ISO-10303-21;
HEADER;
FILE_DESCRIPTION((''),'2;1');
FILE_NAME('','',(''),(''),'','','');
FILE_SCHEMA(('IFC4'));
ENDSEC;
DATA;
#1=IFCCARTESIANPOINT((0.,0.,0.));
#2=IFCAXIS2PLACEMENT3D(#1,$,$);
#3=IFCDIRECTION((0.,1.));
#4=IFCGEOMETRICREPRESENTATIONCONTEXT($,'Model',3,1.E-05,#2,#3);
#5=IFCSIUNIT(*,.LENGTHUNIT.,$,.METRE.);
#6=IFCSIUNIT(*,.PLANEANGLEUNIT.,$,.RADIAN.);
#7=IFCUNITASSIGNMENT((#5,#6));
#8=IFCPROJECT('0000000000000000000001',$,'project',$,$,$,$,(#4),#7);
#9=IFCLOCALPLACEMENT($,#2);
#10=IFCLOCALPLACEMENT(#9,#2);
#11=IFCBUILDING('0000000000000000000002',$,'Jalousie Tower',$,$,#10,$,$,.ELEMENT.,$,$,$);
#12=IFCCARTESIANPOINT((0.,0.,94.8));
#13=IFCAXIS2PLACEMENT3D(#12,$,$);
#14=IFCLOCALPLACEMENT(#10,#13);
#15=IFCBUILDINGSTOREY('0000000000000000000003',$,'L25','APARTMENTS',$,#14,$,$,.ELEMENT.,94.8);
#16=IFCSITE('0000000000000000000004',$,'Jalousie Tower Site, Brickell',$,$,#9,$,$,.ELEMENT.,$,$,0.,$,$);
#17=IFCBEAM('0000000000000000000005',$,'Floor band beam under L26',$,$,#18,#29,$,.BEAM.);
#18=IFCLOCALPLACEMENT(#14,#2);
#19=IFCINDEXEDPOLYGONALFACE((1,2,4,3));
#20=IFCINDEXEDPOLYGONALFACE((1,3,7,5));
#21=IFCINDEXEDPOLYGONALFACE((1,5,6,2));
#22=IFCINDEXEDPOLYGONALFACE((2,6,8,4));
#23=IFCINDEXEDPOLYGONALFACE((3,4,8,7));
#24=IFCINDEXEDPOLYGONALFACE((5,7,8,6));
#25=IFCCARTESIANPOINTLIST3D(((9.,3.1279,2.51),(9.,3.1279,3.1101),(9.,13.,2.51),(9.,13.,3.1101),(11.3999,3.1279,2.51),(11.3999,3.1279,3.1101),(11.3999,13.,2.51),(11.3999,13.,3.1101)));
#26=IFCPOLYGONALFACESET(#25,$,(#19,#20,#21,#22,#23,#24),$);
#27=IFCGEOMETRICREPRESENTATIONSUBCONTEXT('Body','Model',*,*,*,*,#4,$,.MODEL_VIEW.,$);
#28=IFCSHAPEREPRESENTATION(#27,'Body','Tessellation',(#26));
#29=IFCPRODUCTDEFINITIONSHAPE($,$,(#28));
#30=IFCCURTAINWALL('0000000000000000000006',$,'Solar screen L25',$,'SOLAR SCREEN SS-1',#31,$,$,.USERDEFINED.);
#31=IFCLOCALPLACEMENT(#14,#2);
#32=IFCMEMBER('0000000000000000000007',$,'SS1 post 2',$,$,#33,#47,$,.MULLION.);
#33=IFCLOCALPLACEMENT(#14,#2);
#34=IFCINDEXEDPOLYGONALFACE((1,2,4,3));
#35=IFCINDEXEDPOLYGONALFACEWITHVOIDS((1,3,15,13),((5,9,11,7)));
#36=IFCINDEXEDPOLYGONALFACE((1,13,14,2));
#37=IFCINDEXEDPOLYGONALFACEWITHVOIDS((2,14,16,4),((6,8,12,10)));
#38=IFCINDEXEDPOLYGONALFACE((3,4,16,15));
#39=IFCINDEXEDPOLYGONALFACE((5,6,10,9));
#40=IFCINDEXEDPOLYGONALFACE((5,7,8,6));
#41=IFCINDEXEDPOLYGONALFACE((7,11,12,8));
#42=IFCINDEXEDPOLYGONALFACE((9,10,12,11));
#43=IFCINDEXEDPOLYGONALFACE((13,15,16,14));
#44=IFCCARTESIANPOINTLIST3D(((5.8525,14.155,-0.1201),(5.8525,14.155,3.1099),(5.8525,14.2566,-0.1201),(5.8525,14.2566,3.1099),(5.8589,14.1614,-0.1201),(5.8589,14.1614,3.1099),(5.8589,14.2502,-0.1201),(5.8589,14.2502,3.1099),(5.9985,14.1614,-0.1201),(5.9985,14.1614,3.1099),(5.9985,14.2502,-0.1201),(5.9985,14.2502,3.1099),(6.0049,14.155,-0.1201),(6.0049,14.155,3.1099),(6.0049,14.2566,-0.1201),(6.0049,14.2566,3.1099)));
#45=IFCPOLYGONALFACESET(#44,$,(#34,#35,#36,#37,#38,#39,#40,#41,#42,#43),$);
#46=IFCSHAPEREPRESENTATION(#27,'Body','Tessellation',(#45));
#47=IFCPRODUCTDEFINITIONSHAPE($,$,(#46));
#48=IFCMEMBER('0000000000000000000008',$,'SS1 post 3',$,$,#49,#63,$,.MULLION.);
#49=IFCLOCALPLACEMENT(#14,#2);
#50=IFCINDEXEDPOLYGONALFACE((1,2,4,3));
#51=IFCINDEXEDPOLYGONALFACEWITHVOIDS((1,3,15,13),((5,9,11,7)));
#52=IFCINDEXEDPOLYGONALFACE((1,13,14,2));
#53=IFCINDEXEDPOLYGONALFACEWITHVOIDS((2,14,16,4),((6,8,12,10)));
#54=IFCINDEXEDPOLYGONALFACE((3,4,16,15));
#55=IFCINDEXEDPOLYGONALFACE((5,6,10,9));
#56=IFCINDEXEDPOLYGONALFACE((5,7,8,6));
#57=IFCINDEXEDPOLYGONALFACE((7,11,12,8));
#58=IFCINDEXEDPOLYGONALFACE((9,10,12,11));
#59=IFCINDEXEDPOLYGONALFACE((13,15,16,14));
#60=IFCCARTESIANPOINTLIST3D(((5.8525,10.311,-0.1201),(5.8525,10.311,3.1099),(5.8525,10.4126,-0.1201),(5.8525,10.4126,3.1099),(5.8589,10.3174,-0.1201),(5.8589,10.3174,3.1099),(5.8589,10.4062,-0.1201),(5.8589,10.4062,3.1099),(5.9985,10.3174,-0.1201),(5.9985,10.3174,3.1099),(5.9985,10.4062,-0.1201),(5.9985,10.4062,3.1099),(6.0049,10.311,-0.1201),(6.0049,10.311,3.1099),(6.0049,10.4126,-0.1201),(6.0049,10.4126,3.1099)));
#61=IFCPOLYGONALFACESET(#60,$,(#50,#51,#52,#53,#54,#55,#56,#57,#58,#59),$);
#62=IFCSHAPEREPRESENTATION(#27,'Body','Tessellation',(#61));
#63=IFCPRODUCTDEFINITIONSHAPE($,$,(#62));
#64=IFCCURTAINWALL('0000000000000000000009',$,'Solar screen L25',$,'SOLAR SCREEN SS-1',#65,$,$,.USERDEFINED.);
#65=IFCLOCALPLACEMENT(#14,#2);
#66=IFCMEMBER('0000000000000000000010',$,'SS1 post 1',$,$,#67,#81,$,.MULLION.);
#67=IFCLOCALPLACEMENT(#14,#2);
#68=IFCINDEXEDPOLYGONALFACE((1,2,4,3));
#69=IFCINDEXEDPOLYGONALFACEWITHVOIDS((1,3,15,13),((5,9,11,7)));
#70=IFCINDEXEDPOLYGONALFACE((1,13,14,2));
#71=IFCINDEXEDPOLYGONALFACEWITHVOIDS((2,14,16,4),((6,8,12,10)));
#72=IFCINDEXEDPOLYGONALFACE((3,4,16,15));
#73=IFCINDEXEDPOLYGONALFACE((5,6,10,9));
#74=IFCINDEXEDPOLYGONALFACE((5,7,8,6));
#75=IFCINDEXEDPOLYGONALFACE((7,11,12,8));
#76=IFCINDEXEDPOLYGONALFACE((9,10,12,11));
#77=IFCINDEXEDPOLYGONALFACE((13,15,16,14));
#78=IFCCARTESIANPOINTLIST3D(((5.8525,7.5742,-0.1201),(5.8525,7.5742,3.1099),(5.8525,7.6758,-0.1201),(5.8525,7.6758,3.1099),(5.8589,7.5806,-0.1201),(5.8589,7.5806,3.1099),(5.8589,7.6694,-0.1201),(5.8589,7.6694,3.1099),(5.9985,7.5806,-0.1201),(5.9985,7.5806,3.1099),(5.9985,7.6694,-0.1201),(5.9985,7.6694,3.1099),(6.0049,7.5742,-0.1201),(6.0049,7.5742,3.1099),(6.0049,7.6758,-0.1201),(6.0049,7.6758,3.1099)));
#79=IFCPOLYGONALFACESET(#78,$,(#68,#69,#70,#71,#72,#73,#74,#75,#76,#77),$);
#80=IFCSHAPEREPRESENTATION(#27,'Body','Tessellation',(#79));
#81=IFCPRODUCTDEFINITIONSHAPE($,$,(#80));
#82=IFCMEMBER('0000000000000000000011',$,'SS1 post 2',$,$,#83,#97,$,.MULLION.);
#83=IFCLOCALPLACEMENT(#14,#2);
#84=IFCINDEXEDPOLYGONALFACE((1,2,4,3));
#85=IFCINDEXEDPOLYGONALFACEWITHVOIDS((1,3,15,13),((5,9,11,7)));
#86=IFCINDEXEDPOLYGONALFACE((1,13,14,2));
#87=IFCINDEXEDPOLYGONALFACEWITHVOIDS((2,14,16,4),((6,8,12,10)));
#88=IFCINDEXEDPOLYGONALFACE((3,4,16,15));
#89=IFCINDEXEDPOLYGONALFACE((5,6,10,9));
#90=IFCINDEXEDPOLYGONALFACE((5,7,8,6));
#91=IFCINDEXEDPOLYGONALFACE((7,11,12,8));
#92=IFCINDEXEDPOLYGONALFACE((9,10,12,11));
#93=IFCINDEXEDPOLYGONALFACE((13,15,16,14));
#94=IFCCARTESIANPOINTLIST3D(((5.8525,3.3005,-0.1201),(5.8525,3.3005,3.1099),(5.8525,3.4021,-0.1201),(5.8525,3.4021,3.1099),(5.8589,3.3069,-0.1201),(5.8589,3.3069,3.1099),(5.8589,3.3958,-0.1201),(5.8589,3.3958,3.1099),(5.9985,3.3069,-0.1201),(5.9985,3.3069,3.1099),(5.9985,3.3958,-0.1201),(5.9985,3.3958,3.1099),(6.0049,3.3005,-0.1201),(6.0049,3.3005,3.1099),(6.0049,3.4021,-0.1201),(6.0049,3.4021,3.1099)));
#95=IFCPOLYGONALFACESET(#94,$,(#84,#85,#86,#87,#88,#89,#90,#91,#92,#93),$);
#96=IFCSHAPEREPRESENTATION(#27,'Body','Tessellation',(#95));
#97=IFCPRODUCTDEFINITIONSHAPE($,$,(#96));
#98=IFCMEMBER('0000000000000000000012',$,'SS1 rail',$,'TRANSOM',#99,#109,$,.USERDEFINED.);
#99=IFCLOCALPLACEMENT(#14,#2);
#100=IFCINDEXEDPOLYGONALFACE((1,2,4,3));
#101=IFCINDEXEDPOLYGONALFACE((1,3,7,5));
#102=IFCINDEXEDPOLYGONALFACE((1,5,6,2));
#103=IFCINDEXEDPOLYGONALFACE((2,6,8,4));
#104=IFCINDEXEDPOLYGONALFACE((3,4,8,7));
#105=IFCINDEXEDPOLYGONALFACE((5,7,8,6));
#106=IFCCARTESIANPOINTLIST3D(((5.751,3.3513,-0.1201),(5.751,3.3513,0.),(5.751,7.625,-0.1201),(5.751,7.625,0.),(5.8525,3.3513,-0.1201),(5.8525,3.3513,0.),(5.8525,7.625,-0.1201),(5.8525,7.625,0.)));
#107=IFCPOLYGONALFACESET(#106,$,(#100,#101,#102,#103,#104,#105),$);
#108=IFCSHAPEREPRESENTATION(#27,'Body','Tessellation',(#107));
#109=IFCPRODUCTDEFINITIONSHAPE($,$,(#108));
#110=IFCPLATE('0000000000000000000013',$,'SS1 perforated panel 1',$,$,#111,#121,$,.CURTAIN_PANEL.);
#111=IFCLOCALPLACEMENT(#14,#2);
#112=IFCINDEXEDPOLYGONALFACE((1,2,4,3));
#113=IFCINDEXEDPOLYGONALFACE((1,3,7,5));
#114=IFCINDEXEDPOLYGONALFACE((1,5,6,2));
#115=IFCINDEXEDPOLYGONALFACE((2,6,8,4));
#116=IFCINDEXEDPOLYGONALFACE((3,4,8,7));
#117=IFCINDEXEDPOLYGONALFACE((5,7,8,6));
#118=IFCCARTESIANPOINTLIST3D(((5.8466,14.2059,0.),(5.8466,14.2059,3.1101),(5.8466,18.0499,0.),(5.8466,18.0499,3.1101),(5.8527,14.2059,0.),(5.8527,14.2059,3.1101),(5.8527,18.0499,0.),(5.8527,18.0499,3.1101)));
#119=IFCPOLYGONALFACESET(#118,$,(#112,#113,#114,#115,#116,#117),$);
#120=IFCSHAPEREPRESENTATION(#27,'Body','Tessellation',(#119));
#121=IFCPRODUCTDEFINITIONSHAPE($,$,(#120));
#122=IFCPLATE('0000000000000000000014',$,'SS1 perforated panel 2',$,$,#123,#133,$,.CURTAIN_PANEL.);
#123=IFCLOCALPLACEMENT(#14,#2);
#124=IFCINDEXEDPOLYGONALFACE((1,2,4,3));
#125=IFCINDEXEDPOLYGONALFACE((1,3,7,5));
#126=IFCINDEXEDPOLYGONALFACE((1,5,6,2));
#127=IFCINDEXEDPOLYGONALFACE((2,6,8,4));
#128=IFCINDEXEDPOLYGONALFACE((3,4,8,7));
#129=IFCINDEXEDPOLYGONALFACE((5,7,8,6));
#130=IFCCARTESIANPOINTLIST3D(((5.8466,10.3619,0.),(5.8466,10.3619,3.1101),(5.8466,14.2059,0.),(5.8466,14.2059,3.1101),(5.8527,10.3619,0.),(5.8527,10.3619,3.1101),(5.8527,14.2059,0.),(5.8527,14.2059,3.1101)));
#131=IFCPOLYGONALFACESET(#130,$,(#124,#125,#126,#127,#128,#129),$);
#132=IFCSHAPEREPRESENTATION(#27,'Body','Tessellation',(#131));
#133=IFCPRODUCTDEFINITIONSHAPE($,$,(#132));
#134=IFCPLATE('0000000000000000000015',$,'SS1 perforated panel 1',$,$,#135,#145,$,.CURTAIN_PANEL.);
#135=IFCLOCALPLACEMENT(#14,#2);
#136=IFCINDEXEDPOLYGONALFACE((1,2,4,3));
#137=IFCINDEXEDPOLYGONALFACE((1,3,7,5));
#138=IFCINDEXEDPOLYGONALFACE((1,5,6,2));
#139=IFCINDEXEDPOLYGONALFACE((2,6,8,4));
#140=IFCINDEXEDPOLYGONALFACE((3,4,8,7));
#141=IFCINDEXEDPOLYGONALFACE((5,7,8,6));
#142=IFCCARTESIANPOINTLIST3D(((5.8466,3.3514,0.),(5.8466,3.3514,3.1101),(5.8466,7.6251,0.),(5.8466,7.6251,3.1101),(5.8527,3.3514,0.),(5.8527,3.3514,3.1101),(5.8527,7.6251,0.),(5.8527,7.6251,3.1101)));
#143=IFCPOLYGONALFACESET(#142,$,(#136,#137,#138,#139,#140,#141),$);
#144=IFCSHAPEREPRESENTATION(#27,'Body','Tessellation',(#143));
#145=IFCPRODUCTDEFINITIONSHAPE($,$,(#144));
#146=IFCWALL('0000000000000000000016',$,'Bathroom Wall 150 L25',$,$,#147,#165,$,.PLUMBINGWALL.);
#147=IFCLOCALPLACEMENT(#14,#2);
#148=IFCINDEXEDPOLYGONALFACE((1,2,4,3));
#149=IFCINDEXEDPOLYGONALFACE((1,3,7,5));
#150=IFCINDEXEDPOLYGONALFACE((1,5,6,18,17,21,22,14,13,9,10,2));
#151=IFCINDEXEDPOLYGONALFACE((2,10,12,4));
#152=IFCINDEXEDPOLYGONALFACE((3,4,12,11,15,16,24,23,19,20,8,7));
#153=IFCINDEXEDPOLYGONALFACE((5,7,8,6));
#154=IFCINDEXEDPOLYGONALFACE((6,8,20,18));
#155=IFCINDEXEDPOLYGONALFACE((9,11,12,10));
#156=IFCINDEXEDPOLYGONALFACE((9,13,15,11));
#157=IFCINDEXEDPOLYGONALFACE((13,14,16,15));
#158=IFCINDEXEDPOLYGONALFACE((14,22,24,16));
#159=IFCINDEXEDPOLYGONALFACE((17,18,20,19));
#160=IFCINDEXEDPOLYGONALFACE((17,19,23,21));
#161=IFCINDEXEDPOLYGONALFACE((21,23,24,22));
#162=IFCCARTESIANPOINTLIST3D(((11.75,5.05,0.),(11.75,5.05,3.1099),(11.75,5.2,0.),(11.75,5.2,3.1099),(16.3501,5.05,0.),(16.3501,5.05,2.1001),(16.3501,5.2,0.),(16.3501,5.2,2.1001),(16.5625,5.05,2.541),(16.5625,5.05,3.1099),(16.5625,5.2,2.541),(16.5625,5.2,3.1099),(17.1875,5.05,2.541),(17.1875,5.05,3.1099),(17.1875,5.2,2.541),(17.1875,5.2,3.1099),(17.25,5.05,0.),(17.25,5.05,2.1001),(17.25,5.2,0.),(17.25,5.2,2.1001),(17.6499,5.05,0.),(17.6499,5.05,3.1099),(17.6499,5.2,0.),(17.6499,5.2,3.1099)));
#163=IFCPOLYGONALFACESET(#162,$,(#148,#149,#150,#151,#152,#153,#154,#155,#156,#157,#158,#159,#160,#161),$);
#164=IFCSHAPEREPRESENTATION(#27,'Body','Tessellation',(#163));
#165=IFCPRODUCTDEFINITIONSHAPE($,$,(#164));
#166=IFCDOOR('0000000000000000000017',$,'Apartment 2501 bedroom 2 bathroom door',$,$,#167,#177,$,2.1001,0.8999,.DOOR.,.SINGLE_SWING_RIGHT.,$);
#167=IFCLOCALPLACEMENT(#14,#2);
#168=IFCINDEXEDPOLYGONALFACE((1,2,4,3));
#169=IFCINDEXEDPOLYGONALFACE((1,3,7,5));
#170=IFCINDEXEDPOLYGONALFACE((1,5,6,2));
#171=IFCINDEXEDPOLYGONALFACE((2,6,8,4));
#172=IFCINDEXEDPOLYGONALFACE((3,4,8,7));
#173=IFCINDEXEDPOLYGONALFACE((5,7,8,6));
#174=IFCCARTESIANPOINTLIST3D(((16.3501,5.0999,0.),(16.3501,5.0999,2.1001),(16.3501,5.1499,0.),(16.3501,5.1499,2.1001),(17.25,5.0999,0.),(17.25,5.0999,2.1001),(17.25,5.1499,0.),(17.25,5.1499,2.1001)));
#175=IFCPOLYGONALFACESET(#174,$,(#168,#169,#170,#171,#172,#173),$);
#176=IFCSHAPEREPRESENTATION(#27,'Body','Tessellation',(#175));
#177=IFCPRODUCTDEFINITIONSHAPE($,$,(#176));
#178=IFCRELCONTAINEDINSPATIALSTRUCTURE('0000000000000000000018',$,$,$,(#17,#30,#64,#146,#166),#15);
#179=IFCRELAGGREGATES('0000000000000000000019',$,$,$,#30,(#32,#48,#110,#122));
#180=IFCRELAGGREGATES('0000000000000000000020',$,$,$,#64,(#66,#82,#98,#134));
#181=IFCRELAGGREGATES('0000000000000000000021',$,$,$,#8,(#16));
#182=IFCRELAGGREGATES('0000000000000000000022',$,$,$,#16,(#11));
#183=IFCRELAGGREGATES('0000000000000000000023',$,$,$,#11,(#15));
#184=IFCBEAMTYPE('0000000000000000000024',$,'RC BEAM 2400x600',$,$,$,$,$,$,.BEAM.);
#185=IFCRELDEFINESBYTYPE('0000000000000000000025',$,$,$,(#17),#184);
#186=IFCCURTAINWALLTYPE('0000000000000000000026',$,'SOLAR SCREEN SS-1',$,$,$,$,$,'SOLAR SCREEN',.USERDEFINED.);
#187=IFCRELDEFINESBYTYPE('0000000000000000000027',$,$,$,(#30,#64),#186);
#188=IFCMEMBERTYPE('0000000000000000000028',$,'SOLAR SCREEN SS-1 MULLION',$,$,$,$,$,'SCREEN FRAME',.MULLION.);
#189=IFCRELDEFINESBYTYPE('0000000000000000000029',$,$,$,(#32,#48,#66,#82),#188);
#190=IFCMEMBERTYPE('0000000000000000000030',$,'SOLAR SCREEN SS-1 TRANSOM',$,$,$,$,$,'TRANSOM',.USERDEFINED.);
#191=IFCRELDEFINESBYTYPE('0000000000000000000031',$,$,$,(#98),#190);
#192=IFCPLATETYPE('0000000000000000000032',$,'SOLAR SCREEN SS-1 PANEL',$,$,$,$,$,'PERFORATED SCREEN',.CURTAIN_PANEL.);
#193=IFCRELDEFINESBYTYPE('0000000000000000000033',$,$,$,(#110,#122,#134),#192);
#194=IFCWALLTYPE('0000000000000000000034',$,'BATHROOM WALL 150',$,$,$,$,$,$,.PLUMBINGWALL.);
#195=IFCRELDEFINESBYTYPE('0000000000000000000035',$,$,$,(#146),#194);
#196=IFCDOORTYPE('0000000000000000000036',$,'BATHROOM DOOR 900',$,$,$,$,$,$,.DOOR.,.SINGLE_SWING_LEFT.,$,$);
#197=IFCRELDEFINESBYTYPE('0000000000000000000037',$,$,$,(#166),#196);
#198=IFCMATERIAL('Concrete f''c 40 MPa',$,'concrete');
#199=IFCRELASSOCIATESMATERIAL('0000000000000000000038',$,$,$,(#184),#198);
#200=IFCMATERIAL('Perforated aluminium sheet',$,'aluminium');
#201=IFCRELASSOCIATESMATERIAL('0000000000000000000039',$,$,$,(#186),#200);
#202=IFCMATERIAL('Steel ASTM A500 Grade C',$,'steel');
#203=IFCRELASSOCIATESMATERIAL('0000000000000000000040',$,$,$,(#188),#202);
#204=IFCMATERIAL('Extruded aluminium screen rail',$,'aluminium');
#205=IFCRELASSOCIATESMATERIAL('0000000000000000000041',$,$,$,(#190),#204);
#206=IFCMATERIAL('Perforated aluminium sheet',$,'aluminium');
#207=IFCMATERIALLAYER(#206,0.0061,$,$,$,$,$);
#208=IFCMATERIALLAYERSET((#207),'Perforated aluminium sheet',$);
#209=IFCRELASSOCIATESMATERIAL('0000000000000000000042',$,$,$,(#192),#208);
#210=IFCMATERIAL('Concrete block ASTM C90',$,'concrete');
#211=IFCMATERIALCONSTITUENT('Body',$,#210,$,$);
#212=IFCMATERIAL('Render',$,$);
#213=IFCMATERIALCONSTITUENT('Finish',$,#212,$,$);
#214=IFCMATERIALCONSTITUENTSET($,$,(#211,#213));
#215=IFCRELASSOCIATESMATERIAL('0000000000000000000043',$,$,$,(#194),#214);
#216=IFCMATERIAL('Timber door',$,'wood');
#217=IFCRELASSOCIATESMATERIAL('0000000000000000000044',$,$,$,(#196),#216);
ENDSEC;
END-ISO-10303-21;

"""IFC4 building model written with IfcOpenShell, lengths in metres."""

from ifc_helpers import new_model, si_unit, direction, frame, frame_2d, origin, origin_2d, place, context, subcontext, project, spatial, polyline, rectangle, hollow_rectangle, outline, extrude, material, layer, layer_set, constituent, constituent_set, material_profile, profile_set, type_object, element, fill, aggregate, save


model = new_model("IFC4")

# Units and contexts
model_context = context("Model", 3, precision=1e-05, world=origin(), true_north=direction((0.0, 1.0)))
body_context = subcontext(model_context, "Body", "Model", "MODEL_VIEW")
ifc_project = project(units=[si_unit("LENGTHUNIT", "METRE"), si_unit("PLANEANGLEUNIT", "RADIAN")], contexts=[model_context])

# Site, building, storey
site_placement = place(None, origin())
site = spatial("IfcSite", under=ifc_project, at=site_placement, Name="Jalousie Tower Site, Brickell", CompositionType="ELEMENT", RefElevation=0.0)
building_placement = place(site_placement, origin())
building = spatial("IfcBuilding", under=site, at=building_placement, Name="Jalousie Tower", CompositionType="ELEMENT")
storey_placement = place(building_placement, frame((0.0, 0.0, 94.8)))
storey = spatial("IfcBuildingStorey", under=building, at=storey_placement, Name="L25", Description="APARTMENTS", CompositionType="ELEMENT", Elevation=94.8)

# Beam
ifc_material_1 = material(Name="Concrete f'c 40 MPa", Category="concrete")
ifc_material_profile_1 = material_profile(ifc_material_1, rectangle(XDim=2.3999, YDim=0.6001, at=origin_2d()), Name="RC 2400x600")
ifc_profile_set_1 = profile_set([ifc_material_profile_1], Name="Concrete f'c 40 MPa")
beam_type_1 = type_object("IfcBeamType", Name="RC BEAM 2400x600", PredefinedType="BEAM", material=ifc_profile_set_1)
beam_1_placement = place(storey_placement, frame((10.2, 13.0, 2.8101), z_axis=(0.0, -1.0, 0.0), x_axis=(1.0, 0.0, 0.0)))
element("IfcBeam", 1, at=beam_1_placement, inside=storey, type_object=beam_type_1, Name="Floor band beam under L26", PredefinedType="BEAM", context=body_context, shape_type="SweptSolid", body=[
    extrude(rectangle(XDim=2.3999, YDim=0.6001, at=origin_2d()), origin(), (0.0, 0.0, 1.0), 9.8721),
])

# Curtain walls, members
ifc_material_2 = material(Name="Perforated aluminium sheet", Category="aluminium")
curtain_wall_type = type_object("IfcCurtainWallType", Name="SOLAR SCREEN SS-1", ElementType="SOLAR SCREEN", PredefinedType="USERDEFINED", material=ifc_material_2)
curtain_wall_1_placement = place(storey_placement, origin())
curtain_wall_1 = element("IfcCurtainWall", 2, at=curtain_wall_1_placement, inside=storey, type_object=curtain_wall_type, Name="Solar screen L25", ObjectType="SOLAR SCREEN SS-1", PredefinedType="USERDEFINED")
ifc_material_3 = material(Name="Steel ASTM A500 Grade C", Category="steel")
ifc_material_profile_2 = material_profile(ifc_material_3, hollow_rectangle(XDim=0.1016, YDim=0.1523, WallThickness=0.0063, at=origin_2d()), Name="HSS6X4X1/4")
ifc_profile_set_2 = profile_set([ifc_material_profile_2], Name="Steel ASTM A500 Grade C")
member_type_1 = type_object("IfcMemberType", Name="SOLAR SCREEN SS-1 MULLION", ElementType="SCREEN FRAME", PredefinedType="MULLION", material=ifc_profile_set_2)
member_1_placement = place(storey_placement, frame((5.9287, 14.2058, -0.1201), z_axis=(0.0, 0.0, 1.0), x_axis=(0.0, -1.0, 0.0)))
member_1 = element("IfcMember", 3, at=member_1_placement, type_object=member_type_1, Name="SS1 post 2", PredefinedType="MULLION", context=body_context, shape_type="SweptSolid", body=[
    extrude(hollow_rectangle(XDim=0.1016, YDim=0.1523, WallThickness=0.0063, at=origin_2d()), origin(), (0.0, 0.0, 1.0), 3.23),
])
member_2_placement = place(storey_placement, frame((5.9287, 10.3618, -0.1201), z_axis=(0.0, 0.0, 1.0), x_axis=(0.0, -1.0, 0.0)))
member_2 = element("IfcMember", 4, at=member_2_placement, type_object=member_type_1, Name="SS1 post 3", PredefinedType="MULLION", context=body_context, shape_type="SweptSolid", body=[
    extrude(hollow_rectangle(XDim=0.1016, YDim=0.1523, WallThickness=0.0063, at=origin_2d()), origin(), (0.0, 0.0, 1.0), 3.23),
])
curtain_wall_2_placement = place(storey_placement, origin())
curtain_wall_2 = element("IfcCurtainWall", 5, at=curtain_wall_2_placement, inside=storey, type_object=curtain_wall_type, Name="Solar screen L25", ObjectType="SOLAR SCREEN SS-1", PredefinedType="USERDEFINED")
member_3_placement = place(storey_placement, frame((5.9287, 7.625, -0.1201), z_axis=(0.0, 0.0, 1.0), x_axis=(0.0, -1.0, 0.0)))
member_3 = element("IfcMember", 6, at=member_3_placement, type_object=member_type_1, Name="SS1 post 1", PredefinedType="MULLION", context=body_context, shape_type="SweptSolid", body=[
    extrude(hollow_rectangle(XDim=0.1016, YDim=0.1523, WallThickness=0.0063, at=origin_2d()), origin(), (0.0, 0.0, 1.0), 3.23),
])
member_4_placement = place(storey_placement, frame((5.9287, 3.3513, -0.1201), z_axis=(0.0, 0.0, 1.0), x_axis=(0.0, -1.0, 0.0)))
member_4 = element("IfcMember", 7, at=member_4_placement, type_object=member_type_1, Name="SS1 post 2", PredefinedType="MULLION", context=body_context, shape_type="SweptSolid", body=[
    extrude(hollow_rectangle(XDim=0.1016, YDim=0.1523, WallThickness=0.0063, at=origin_2d()), origin(), (0.0, 0.0, 1.0), 3.23),
])
ifc_material_4 = material(Name="Extruded aluminium screen rail", Category="aluminium")
ifc_material_profile_3 = material_profile(ifc_material_4, rectangle(XDim=0.1016, YDim=0.1201, at=origin_2d()), Name="RAIL 102x120")
ifc_profile_set_3 = profile_set([ifc_material_profile_3], Name="Extruded aluminium screen rail")
member_type_2 = type_object("IfcMemberType", Name="SOLAR SCREEN SS-1 TRANSOM", ElementType="TRANSOM", PredefinedType="USERDEFINED", material=ifc_profile_set_3)
member_5_placement = place(storey_placement, frame((5.8018, 7.625, -0.0601), z_axis=(0.0, -1.0, 0.0), x_axis=(1.0, 0.0, 0.0)))
member_5 = element("IfcMember", 8, at=member_5_placement, type_object=member_type_2, Name="SS1 rail", ObjectType="TRANSOM", PredefinedType="USERDEFINED", context=body_context, shape_type="SweptSolid", body=[
    extrude(rectangle(XDim=0.1016, YDim=0.1201, at=origin_2d()), origin(), (0.0, 0.0, 1.0), 4.2737),
])

# Plates
ifc_material_5 = material(Name="Perforated aluminium sheet", Category="aluminium")
ifc_layer_1 = layer(ifc_material_5, 0.0061)
ifc_layer_set_1 = layer_set([ifc_layer_1], Name="Perforated aluminium sheet")
plate_type = type_object("IfcPlateType", Name="SOLAR SCREEN SS-1 PANEL", ElementType="PERFORATED SCREEN", PredefinedType="CURTAIN_PANEL", material=ifc_layer_set_1)
plate_1_placement = place(storey_placement, frame((5.8496, 16.1279, 0.0), z_axis=(0.0, 0.0, 1.0), x_axis=(0.0, -1.0, 0.0)))
plate_1 = element("IfcPlate", 9, at=plate_1_placement, type_object=plate_type, Name="SS1 perforated panel 1", PredefinedType="CURTAIN_PANEL", context=body_context, shape_type="SweptSolid", body=[
    extrude(rectangle(XDim=3.844, YDim=0.0061, at=origin_2d()), origin(), (0.0, 0.0, 1.0), 3.1101),
])
plate_2_placement = place(storey_placement, frame((5.8496, 12.2839, 0.0), z_axis=(0.0, 0.0, 1.0), x_axis=(0.0, -1.0, 0.0)))
plate_2 = element("IfcPlate", 10, at=plate_2_placement, type_object=plate_type, Name="SS1 perforated panel 2", PredefinedType="CURTAIN_PANEL", context=body_context, shape_type="SweptSolid", body=[
    extrude(rectangle(XDim=3.844, YDim=0.0061, at=origin_2d()), origin(), (0.0, 0.0, 1.0), 3.1101),
])
aggregate(curtain_wall_1, [member_1, member_2, plate_1, plate_2])
plate_3_placement = place(storey_placement, frame((5.8496, 5.4883, 0.0), z_axis=(0.0, 0.0, 1.0), x_axis=(0.0, -1.0, 0.0)))
plate_3 = element("IfcPlate", 11, at=plate_3_placement, type_object=plate_type, Name="SS1 perforated panel 1", PredefinedType="CURTAIN_PANEL", context=body_context, shape_type="SweptSolid", body=[
    extrude(rectangle(XDim=4.2737, YDim=0.0061, at=origin_2d()), origin(), (0.0, 0.0, 1.0), 3.1101),
])
aggregate(curtain_wall_2, [member_3, member_4, member_5, plate_3])

# Wall, opening, door
ifc_material_6 = material(Name="Concrete block ASTM C90", Category="concrete")
ifc_constituent_1 = constituent(ifc_material_6, Name="Body")
ifc_material_7 = material(Name="Render")
ifc_constituent_2 = constituent(ifc_material_7, Name="Finish")
ifc_constituent_set_1 = constituent_set(constituents=[ifc_constituent_1, ifc_constituent_2])
wall_type_1 = type_object("IfcWallType", Name="BATHROOM WALL 150", PredefinedType="PLUMBINGWALL", material=ifc_constituent_set_1)
wall_1_placement = place(storey_placement, frame((11.75, 5.125, 0.0), z_axis=(0.0, 0.0, 1.0), x_axis=(1.0, 0.0, 0.0)))
wall_1 = element("IfcWall", 12, at=wall_1_placement, inside=storey, type_object=wall_type_1, Name="Bathroom Wall 150 L25", PredefinedType="PLUMBINGWALL", context=body_context, shape_type="SweptSolid", body=[
    extrude(outline(polyline([(0.0, 0.0), (5.8999, 0.0), (5.8999, 3.1099), (5.4375, 3.1099), (5.4375, 2.541), (4.8125, 2.541), (4.8125, 3.1099), (0.0, 3.1099), (0.0, 0.0)])), frame((0.0, 0.075, 0.0), z_axis=(0.0, -1.0, 0.0), x_axis=(1.0, 0.0, 0.0)), (0.0, 0.0, 1.0), 0.1499),
])
opening_1_placement = place(wall_1_placement, frame((4.6001, 0.0, 0.0)))
opening_1 = element("IfcOpeningElement", 13, at=opening_1_placement, cuts=wall_1, PredefinedType="OPENING", context=body_context, shape_type="SweptSolid", body=[
    extrude(rectangle(XDim=0.8999, YDim=2.1001, at=frame_2d((0.45, 1.05))), frame((0.0, 0.085, 0.0), z_axis=(0.0, -1.0, 0.0), x_axis=(1.0, 0.0, 0.0)), (0.0, 0.0, 1.0), 0.1699),
])
ifc_material_8 = material(Name="Timber door", Category="wood")
door_type_1 = type_object("IfcDoorType", Name="BATHROOM DOOR 900", OperationType="SINGLE_SWING_LEFT", PredefinedType="DOOR", material=ifc_material_8)
door_1_placement = place(opening_1_placement, origin())
door_1 = element("IfcDoor", 14, at=door_1_placement, inside=storey, type_object=door_type_1, Name="Apartment 2501 bedroom 2 bathroom door", OperationType="SINGLE_SWING_RIGHT", OverallHeight=2.1001, OverallWidth=0.8999, PredefinedType="DOOR", context=body_context, shape_type="SweptSolid", body=[
    extrude(rectangle(XDim=0.8999, YDim=2.1001, at=frame_2d((0.45, 1.05))), frame((0.0, 0.0249, 0.0), z_axis=(0.0, -1.0, 0.0), x_axis=(1.0, 0.0, 0.0)), (0.0, 0.0, 1.0), 0.05),
])
fill(opening_1, door_1)

save(model, "model.ifc")
